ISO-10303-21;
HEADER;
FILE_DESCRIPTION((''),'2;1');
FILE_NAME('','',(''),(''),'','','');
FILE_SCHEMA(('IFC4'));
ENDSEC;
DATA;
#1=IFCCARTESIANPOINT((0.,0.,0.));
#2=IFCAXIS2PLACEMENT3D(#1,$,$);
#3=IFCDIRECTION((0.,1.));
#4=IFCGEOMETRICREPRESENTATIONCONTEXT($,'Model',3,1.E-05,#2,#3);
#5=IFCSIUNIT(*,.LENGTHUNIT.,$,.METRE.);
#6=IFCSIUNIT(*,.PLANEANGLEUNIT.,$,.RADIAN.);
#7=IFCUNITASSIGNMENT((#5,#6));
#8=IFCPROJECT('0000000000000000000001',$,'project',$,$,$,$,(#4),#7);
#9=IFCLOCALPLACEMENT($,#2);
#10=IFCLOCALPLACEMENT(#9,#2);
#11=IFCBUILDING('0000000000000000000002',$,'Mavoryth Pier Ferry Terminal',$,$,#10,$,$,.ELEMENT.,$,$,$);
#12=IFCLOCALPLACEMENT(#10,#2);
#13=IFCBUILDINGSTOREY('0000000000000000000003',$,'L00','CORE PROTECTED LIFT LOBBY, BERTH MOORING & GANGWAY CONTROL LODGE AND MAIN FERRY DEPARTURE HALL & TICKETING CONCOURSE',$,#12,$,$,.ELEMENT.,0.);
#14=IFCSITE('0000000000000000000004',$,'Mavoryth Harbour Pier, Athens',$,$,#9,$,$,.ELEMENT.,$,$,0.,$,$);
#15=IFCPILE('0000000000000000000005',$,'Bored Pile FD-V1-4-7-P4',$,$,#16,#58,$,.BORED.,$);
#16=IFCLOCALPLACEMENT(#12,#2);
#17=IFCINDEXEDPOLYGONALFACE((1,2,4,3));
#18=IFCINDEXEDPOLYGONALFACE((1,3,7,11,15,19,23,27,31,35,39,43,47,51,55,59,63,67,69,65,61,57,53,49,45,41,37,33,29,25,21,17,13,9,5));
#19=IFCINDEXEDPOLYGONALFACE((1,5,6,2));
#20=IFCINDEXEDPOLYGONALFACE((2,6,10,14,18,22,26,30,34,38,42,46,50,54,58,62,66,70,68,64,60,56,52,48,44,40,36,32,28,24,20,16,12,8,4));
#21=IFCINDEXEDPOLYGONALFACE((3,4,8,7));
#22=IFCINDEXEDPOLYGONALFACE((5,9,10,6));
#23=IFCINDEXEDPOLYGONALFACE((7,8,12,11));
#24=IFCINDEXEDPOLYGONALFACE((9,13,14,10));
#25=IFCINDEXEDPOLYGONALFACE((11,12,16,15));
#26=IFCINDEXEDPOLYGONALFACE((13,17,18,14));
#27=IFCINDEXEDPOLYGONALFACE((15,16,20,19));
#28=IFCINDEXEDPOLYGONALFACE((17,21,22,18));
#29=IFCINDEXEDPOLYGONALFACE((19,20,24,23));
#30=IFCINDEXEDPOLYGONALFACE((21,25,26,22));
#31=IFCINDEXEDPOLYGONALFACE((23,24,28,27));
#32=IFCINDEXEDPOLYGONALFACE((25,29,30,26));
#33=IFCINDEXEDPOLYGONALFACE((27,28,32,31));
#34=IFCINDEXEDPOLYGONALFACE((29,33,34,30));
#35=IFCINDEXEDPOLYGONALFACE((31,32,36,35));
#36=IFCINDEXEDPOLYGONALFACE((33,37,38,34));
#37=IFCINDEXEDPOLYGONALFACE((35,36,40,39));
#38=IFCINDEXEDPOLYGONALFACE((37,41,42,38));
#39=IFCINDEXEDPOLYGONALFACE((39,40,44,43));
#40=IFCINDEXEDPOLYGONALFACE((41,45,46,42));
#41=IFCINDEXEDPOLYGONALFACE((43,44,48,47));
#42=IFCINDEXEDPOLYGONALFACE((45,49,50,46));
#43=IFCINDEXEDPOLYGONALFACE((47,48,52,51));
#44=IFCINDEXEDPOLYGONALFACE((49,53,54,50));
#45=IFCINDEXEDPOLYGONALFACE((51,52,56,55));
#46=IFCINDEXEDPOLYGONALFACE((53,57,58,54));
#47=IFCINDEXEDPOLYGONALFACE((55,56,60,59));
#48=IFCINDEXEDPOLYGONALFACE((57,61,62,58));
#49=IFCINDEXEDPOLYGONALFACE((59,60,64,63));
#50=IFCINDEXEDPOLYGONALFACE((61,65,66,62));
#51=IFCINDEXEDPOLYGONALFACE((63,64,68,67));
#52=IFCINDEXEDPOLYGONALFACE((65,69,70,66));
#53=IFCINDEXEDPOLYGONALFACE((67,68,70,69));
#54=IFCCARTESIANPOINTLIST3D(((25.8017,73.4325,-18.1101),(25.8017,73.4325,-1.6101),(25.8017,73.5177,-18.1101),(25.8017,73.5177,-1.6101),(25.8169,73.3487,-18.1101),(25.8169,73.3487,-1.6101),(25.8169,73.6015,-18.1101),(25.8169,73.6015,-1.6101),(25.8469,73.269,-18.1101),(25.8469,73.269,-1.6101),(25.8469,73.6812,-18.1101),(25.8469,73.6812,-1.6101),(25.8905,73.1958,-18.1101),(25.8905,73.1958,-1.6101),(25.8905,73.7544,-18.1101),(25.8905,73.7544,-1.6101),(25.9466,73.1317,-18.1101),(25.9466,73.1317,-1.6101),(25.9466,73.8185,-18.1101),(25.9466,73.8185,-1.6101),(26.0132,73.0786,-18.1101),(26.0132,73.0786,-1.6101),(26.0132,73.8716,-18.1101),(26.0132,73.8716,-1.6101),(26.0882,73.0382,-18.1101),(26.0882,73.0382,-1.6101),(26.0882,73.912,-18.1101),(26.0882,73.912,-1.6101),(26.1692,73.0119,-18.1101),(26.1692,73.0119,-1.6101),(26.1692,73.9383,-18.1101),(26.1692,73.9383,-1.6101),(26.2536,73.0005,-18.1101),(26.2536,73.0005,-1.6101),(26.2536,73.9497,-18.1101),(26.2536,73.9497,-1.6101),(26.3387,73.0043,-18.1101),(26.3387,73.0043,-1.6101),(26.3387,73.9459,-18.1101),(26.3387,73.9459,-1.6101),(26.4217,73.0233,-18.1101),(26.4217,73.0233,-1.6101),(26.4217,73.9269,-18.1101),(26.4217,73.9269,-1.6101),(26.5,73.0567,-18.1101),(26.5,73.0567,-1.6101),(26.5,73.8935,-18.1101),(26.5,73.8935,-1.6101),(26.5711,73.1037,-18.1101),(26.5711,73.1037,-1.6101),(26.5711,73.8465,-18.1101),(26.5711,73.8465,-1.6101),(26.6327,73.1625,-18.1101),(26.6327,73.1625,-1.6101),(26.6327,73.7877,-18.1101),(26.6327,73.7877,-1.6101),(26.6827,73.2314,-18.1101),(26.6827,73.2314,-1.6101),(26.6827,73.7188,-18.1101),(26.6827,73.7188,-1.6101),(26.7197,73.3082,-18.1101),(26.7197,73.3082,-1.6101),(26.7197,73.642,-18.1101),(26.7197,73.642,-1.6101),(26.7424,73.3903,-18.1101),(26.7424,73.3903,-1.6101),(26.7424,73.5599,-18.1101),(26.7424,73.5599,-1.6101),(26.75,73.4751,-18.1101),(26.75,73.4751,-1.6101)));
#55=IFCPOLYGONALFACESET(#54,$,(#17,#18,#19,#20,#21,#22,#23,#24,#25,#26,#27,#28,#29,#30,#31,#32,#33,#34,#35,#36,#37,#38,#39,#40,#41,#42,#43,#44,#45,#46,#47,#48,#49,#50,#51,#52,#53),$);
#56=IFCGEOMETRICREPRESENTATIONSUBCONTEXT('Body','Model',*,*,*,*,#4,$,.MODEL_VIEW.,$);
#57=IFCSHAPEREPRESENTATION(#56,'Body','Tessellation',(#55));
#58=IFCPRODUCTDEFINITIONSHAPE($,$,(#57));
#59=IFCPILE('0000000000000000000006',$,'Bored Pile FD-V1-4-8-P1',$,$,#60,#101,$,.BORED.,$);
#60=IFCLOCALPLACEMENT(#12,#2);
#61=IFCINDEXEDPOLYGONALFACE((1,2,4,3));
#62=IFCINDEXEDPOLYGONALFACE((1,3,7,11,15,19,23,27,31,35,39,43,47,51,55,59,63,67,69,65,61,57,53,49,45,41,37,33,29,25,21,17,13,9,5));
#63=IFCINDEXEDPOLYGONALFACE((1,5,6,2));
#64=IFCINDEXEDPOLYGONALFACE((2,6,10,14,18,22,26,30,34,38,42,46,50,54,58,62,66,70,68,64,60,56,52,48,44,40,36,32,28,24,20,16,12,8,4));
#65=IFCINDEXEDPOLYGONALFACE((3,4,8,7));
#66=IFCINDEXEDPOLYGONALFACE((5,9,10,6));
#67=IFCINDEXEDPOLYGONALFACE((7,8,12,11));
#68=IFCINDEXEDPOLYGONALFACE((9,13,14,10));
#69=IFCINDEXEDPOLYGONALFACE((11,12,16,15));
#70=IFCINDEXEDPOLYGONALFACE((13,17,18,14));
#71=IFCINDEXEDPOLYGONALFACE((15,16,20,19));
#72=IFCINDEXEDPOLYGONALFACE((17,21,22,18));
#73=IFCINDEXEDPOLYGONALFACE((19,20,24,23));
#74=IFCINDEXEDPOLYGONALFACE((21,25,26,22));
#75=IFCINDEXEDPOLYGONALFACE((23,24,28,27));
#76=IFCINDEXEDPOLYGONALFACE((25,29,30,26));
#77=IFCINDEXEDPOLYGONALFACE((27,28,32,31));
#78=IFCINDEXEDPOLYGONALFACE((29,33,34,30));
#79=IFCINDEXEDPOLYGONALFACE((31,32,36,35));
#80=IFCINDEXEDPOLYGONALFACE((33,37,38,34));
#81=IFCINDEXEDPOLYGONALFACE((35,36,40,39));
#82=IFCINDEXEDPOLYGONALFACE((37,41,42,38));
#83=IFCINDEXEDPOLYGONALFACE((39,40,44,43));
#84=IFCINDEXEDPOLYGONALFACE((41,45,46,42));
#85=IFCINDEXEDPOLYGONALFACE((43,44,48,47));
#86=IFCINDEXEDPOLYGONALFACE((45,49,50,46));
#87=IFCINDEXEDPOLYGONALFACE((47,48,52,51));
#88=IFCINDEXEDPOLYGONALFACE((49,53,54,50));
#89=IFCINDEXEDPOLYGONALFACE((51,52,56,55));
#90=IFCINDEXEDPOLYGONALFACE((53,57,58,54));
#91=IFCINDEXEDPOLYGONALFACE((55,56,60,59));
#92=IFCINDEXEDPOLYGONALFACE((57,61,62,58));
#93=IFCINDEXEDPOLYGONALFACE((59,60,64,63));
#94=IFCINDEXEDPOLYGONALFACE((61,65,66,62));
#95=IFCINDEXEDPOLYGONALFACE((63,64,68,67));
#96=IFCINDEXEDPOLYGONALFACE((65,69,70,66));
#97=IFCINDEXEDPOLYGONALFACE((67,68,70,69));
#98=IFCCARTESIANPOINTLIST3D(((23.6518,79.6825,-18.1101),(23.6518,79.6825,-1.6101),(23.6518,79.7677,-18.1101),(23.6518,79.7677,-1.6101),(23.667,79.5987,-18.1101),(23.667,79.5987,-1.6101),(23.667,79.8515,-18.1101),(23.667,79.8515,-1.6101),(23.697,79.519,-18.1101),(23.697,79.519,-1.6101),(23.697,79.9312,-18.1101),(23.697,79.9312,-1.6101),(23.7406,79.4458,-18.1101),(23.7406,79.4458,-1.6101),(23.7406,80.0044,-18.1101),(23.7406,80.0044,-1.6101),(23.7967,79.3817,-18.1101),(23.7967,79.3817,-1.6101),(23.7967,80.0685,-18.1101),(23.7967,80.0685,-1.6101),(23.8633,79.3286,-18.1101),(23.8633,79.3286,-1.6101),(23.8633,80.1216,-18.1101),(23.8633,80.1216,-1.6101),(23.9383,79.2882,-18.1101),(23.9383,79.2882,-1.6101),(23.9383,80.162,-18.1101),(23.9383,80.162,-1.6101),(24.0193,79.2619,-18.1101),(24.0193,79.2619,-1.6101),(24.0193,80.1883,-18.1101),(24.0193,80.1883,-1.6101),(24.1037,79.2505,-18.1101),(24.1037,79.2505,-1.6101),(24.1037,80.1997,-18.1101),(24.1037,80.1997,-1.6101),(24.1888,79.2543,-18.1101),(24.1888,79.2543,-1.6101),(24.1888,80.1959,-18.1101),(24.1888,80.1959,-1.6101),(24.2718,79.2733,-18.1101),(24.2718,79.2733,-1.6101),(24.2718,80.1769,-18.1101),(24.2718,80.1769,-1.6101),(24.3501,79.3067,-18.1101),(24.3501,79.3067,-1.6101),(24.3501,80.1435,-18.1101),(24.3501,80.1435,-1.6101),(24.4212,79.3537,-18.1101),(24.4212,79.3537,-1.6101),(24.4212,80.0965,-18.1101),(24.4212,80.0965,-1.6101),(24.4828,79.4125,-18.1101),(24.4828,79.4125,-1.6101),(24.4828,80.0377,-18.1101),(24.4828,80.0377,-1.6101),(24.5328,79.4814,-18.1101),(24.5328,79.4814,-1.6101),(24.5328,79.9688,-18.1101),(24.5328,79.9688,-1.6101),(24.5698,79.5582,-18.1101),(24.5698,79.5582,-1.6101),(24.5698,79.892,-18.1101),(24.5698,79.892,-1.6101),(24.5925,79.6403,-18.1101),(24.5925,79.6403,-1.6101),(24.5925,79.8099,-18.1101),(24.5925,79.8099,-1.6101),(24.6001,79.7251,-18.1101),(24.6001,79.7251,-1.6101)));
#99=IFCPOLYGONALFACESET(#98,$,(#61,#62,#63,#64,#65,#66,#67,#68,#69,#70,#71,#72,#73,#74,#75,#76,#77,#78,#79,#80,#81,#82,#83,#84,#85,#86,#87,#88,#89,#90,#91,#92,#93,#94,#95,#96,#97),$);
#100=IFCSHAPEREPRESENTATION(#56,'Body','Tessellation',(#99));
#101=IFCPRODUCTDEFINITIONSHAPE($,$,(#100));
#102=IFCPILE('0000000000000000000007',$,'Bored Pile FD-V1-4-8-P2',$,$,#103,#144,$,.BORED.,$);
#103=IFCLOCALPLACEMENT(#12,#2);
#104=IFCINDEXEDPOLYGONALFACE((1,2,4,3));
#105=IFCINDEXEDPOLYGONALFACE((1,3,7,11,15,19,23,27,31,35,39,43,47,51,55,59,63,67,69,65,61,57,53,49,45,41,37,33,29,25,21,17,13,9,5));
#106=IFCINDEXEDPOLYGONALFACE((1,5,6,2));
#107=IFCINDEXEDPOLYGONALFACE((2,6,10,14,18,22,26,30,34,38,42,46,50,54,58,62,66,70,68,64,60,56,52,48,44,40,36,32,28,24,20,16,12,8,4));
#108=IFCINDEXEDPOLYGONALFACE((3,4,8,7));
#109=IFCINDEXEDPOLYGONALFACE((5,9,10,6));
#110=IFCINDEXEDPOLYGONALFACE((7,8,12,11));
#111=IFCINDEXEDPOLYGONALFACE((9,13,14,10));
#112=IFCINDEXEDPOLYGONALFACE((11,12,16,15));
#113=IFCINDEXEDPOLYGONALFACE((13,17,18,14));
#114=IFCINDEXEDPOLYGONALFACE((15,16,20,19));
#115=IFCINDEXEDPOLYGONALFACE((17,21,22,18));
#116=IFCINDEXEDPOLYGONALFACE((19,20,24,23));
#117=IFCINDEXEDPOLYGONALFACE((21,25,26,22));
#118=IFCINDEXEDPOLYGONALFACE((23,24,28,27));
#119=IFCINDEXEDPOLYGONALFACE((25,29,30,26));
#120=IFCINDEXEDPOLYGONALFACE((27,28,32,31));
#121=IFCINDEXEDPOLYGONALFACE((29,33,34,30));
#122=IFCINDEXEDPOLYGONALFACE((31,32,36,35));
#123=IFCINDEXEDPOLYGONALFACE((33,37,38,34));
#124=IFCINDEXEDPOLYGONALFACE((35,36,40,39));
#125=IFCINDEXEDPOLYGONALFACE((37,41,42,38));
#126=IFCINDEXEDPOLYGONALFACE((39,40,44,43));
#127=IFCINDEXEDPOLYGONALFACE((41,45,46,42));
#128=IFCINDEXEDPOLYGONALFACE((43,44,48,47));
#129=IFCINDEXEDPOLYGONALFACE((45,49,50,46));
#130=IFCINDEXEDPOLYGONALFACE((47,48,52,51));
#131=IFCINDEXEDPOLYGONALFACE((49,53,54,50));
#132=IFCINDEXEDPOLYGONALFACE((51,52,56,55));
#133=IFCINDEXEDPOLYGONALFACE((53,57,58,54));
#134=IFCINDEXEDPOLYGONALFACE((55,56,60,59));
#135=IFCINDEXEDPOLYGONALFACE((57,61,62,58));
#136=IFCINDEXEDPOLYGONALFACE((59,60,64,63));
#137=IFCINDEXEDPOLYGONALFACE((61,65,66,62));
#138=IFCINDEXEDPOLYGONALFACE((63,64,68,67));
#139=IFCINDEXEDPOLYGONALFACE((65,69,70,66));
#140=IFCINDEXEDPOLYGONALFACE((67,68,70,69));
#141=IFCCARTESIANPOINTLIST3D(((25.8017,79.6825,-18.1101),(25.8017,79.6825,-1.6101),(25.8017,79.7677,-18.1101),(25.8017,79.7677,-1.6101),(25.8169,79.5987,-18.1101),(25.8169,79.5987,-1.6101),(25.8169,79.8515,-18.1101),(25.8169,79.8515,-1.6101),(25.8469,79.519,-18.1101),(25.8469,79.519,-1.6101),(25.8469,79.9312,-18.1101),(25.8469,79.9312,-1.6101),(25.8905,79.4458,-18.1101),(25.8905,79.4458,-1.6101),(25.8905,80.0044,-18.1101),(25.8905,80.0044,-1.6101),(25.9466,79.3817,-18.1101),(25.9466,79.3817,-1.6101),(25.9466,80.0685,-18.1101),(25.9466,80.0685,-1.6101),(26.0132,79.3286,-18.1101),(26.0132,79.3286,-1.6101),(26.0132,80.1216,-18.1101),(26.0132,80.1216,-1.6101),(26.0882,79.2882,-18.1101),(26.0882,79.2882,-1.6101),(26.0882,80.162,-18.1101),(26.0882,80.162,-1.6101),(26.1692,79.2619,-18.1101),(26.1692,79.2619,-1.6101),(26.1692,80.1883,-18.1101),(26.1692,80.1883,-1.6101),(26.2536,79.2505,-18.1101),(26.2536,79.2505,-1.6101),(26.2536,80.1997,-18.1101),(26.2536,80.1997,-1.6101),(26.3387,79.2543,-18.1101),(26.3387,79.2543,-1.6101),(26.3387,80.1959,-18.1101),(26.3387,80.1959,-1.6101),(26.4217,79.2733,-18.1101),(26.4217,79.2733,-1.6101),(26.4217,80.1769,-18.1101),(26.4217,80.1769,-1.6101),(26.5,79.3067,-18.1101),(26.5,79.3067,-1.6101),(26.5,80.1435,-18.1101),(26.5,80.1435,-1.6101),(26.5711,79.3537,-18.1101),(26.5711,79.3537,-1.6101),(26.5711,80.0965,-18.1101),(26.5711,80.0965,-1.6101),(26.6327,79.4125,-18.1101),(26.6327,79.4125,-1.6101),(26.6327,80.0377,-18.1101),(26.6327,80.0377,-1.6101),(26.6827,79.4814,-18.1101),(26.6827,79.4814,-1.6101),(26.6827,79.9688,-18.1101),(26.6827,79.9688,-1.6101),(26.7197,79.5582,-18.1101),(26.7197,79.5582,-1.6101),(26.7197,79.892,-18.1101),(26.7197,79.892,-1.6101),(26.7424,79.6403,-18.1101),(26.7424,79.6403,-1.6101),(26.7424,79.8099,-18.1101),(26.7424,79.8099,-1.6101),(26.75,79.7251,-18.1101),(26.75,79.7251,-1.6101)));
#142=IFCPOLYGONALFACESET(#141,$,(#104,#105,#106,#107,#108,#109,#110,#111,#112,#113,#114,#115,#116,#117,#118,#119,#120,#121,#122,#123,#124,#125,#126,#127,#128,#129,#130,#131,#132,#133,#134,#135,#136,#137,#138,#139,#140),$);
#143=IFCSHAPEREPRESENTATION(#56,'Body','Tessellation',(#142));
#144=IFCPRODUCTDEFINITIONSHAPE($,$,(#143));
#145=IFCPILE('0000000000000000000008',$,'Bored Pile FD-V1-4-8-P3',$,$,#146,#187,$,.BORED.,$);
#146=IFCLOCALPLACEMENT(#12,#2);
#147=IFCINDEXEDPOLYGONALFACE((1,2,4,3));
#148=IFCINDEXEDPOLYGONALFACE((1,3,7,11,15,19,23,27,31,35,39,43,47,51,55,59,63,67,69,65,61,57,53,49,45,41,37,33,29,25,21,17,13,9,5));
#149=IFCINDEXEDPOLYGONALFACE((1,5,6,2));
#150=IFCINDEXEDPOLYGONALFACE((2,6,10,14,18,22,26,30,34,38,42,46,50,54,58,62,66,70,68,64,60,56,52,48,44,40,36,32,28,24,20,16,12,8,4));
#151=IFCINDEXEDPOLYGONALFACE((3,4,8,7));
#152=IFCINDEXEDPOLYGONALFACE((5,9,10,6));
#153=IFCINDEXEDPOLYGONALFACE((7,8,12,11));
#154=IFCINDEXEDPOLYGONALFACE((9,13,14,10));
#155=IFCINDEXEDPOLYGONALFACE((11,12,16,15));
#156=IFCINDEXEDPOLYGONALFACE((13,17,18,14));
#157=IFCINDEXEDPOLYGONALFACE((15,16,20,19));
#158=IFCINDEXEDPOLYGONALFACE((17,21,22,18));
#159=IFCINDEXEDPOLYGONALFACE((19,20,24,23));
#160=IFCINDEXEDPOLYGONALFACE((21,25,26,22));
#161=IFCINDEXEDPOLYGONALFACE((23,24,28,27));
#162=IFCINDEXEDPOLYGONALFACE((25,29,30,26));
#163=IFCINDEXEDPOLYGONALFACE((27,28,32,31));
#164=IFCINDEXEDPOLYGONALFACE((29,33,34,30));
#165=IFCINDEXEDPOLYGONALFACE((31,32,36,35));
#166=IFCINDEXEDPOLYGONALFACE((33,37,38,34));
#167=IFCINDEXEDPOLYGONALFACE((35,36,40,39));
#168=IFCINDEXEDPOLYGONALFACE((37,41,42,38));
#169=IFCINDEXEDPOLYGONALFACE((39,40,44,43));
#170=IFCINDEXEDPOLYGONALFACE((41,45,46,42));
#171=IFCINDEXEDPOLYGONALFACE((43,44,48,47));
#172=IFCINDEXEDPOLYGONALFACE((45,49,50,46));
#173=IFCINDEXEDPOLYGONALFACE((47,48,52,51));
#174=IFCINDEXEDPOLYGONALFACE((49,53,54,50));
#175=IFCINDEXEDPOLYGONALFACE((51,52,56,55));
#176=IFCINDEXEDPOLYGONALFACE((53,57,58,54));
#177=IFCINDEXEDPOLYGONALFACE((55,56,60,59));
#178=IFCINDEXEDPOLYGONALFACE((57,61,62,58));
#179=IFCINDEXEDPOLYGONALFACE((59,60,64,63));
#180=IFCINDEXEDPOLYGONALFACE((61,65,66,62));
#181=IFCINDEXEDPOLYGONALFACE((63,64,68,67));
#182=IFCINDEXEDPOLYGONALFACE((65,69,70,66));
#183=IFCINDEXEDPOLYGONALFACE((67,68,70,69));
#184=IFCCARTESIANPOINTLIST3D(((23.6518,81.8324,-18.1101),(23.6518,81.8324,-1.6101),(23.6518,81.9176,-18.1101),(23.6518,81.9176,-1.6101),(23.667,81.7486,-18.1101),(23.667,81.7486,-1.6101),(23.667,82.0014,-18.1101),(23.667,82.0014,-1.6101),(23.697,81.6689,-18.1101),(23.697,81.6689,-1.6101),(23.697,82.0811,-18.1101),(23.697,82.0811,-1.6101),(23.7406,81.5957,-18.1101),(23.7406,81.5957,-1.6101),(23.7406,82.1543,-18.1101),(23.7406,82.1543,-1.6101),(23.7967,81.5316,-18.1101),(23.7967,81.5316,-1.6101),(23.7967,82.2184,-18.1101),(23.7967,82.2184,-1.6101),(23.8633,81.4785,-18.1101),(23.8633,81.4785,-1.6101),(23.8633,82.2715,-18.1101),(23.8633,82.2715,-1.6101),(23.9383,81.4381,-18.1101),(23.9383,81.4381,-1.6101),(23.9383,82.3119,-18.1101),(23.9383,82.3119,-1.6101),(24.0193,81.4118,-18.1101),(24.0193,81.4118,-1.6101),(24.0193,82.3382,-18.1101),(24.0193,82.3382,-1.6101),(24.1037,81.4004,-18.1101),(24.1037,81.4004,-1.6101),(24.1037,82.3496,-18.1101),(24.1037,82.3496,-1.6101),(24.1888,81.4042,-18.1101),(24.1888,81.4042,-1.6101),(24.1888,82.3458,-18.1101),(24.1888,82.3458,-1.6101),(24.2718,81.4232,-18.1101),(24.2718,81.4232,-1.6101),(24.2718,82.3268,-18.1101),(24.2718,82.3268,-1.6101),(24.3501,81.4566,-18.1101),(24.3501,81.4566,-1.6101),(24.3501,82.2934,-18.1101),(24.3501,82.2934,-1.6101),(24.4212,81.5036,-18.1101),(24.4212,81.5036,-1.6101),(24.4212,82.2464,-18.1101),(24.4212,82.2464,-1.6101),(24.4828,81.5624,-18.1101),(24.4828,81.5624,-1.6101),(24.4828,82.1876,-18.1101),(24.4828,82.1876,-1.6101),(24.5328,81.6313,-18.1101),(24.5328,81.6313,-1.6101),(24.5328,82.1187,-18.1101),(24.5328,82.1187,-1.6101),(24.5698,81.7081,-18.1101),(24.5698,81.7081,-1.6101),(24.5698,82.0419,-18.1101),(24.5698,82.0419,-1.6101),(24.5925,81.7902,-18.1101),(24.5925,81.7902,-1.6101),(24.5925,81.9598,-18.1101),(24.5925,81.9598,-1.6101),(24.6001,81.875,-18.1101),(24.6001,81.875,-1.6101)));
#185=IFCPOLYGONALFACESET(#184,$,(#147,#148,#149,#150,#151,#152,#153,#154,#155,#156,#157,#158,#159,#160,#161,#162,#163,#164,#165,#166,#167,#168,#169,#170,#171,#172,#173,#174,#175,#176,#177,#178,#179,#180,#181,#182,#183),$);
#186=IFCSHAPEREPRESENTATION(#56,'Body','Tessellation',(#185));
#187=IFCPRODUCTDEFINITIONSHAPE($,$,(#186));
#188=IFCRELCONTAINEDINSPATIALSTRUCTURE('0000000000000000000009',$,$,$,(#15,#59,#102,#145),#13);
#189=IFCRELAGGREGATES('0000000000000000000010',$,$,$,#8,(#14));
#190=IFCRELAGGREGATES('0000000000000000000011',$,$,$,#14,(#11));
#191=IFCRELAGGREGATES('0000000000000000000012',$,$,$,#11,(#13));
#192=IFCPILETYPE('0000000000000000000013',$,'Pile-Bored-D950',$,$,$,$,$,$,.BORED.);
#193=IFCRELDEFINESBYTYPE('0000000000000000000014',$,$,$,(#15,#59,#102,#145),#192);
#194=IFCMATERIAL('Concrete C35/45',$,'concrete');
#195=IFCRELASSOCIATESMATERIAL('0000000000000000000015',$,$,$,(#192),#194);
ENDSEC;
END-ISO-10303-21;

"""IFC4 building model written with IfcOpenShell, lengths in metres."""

from ifc_helpers import new_model, si_unit, direction, frame, origin, origin_2d, place, context, subcontext, project, spatial, circle, extrude, material, material_profile, profile_set, type_object, element, save


model = new_model("IFC4")

# Units and contexts
model_context = context("Model", 3, precision=1e-05, world=origin(), true_north=direction((0.0, 1.0)))
body_context = subcontext(model_context, "Body", "Model", "MODEL_VIEW")
ifc_project = project(units=[si_unit("LENGTHUNIT", "METRE"), si_unit("PLANEANGLEUNIT", "RADIAN")], contexts=[model_context])

# Site, building, storey
site_placement = place(None, origin())
site = spatial("IfcSite", under=ifc_project, at=site_placement, Name="Mavoryth Harbour Pier, Athens", CompositionType="ELEMENT", RefElevation=0.0)
building_placement = place(site_placement, origin())
building = spatial("IfcBuilding", under=site, at=building_placement, Name="Mavoryth Pier Ferry Terminal", CompositionType="ELEMENT")
storey_placement = place(building_placement, origin())
storey = spatial("IfcBuildingStorey", under=building, at=storey_placement, Name="L00", Description="CORE PROTECTED LIFT LOBBY, BERTH MOORING & GANGWAY CONTROL LODGE AND MAIN FERRY DEPARTURE HALL & TICKETING CONCOURSE", CompositionType="ELEMENT", Elevation=0.0)

# Shared definitions
ifc_material_1 = material(Name="Concrete C35/45", Category="concrete")

# Piles
ifc_material_profile_1 = material_profile(ifc_material_1, circle(Radius=0.4751, at=origin_2d()), Name="PILE D950", Category="concrete")
ifc_profile_set_1 = profile_set([ifc_material_profile_1], Name="Concrete C35/45 - PILE D950")
pile_type = type_object("IfcPileType", Name="Pile-Bored-D950", PredefinedType="BORED", material=ifc_profile_set_1)
for number, where, z_axis, x_axis, name in (
    (1, (26.2749, 73.4751, -1.6101), (0.0, 0.0, -1.0), (1.0, 0.0, 0.0), "Bored Pile FD-V1-4-7-P4"),
    (2, (24.125, 79.7251, -1.6101), (0.0, 0.0, -1.0), (1.0, 0.0, 0.0), "Bored Pile FD-V1-4-8-P1"),
    (3, (26.2749, 79.7251, -1.6101), (0.0, 0.0, -1.0), (1.0, 0.0, 0.0), "Bored Pile FD-V1-4-8-P2"),
    (4, (24.125, 81.875, -1.6101), (0.0, 0.0, -1.0), (1.0, 0.0, 0.0), "Bored Pile FD-V1-4-8-P3"),
):
    element("IfcPile", number, at=place(storey_placement, frame(where, z_axis=z_axis, x_axis=x_axis)), inside=storey, type_object=pile_type, Name=name, PredefinedType="BORED", context=body_context, shape_type="SweptSolid", body=[
        extrude(circle(Radius=0.4751, at=origin_2d()), origin(), (0.0, 0.0, 1.0), 16.5),
    ])

save(model, "model.ifc")
